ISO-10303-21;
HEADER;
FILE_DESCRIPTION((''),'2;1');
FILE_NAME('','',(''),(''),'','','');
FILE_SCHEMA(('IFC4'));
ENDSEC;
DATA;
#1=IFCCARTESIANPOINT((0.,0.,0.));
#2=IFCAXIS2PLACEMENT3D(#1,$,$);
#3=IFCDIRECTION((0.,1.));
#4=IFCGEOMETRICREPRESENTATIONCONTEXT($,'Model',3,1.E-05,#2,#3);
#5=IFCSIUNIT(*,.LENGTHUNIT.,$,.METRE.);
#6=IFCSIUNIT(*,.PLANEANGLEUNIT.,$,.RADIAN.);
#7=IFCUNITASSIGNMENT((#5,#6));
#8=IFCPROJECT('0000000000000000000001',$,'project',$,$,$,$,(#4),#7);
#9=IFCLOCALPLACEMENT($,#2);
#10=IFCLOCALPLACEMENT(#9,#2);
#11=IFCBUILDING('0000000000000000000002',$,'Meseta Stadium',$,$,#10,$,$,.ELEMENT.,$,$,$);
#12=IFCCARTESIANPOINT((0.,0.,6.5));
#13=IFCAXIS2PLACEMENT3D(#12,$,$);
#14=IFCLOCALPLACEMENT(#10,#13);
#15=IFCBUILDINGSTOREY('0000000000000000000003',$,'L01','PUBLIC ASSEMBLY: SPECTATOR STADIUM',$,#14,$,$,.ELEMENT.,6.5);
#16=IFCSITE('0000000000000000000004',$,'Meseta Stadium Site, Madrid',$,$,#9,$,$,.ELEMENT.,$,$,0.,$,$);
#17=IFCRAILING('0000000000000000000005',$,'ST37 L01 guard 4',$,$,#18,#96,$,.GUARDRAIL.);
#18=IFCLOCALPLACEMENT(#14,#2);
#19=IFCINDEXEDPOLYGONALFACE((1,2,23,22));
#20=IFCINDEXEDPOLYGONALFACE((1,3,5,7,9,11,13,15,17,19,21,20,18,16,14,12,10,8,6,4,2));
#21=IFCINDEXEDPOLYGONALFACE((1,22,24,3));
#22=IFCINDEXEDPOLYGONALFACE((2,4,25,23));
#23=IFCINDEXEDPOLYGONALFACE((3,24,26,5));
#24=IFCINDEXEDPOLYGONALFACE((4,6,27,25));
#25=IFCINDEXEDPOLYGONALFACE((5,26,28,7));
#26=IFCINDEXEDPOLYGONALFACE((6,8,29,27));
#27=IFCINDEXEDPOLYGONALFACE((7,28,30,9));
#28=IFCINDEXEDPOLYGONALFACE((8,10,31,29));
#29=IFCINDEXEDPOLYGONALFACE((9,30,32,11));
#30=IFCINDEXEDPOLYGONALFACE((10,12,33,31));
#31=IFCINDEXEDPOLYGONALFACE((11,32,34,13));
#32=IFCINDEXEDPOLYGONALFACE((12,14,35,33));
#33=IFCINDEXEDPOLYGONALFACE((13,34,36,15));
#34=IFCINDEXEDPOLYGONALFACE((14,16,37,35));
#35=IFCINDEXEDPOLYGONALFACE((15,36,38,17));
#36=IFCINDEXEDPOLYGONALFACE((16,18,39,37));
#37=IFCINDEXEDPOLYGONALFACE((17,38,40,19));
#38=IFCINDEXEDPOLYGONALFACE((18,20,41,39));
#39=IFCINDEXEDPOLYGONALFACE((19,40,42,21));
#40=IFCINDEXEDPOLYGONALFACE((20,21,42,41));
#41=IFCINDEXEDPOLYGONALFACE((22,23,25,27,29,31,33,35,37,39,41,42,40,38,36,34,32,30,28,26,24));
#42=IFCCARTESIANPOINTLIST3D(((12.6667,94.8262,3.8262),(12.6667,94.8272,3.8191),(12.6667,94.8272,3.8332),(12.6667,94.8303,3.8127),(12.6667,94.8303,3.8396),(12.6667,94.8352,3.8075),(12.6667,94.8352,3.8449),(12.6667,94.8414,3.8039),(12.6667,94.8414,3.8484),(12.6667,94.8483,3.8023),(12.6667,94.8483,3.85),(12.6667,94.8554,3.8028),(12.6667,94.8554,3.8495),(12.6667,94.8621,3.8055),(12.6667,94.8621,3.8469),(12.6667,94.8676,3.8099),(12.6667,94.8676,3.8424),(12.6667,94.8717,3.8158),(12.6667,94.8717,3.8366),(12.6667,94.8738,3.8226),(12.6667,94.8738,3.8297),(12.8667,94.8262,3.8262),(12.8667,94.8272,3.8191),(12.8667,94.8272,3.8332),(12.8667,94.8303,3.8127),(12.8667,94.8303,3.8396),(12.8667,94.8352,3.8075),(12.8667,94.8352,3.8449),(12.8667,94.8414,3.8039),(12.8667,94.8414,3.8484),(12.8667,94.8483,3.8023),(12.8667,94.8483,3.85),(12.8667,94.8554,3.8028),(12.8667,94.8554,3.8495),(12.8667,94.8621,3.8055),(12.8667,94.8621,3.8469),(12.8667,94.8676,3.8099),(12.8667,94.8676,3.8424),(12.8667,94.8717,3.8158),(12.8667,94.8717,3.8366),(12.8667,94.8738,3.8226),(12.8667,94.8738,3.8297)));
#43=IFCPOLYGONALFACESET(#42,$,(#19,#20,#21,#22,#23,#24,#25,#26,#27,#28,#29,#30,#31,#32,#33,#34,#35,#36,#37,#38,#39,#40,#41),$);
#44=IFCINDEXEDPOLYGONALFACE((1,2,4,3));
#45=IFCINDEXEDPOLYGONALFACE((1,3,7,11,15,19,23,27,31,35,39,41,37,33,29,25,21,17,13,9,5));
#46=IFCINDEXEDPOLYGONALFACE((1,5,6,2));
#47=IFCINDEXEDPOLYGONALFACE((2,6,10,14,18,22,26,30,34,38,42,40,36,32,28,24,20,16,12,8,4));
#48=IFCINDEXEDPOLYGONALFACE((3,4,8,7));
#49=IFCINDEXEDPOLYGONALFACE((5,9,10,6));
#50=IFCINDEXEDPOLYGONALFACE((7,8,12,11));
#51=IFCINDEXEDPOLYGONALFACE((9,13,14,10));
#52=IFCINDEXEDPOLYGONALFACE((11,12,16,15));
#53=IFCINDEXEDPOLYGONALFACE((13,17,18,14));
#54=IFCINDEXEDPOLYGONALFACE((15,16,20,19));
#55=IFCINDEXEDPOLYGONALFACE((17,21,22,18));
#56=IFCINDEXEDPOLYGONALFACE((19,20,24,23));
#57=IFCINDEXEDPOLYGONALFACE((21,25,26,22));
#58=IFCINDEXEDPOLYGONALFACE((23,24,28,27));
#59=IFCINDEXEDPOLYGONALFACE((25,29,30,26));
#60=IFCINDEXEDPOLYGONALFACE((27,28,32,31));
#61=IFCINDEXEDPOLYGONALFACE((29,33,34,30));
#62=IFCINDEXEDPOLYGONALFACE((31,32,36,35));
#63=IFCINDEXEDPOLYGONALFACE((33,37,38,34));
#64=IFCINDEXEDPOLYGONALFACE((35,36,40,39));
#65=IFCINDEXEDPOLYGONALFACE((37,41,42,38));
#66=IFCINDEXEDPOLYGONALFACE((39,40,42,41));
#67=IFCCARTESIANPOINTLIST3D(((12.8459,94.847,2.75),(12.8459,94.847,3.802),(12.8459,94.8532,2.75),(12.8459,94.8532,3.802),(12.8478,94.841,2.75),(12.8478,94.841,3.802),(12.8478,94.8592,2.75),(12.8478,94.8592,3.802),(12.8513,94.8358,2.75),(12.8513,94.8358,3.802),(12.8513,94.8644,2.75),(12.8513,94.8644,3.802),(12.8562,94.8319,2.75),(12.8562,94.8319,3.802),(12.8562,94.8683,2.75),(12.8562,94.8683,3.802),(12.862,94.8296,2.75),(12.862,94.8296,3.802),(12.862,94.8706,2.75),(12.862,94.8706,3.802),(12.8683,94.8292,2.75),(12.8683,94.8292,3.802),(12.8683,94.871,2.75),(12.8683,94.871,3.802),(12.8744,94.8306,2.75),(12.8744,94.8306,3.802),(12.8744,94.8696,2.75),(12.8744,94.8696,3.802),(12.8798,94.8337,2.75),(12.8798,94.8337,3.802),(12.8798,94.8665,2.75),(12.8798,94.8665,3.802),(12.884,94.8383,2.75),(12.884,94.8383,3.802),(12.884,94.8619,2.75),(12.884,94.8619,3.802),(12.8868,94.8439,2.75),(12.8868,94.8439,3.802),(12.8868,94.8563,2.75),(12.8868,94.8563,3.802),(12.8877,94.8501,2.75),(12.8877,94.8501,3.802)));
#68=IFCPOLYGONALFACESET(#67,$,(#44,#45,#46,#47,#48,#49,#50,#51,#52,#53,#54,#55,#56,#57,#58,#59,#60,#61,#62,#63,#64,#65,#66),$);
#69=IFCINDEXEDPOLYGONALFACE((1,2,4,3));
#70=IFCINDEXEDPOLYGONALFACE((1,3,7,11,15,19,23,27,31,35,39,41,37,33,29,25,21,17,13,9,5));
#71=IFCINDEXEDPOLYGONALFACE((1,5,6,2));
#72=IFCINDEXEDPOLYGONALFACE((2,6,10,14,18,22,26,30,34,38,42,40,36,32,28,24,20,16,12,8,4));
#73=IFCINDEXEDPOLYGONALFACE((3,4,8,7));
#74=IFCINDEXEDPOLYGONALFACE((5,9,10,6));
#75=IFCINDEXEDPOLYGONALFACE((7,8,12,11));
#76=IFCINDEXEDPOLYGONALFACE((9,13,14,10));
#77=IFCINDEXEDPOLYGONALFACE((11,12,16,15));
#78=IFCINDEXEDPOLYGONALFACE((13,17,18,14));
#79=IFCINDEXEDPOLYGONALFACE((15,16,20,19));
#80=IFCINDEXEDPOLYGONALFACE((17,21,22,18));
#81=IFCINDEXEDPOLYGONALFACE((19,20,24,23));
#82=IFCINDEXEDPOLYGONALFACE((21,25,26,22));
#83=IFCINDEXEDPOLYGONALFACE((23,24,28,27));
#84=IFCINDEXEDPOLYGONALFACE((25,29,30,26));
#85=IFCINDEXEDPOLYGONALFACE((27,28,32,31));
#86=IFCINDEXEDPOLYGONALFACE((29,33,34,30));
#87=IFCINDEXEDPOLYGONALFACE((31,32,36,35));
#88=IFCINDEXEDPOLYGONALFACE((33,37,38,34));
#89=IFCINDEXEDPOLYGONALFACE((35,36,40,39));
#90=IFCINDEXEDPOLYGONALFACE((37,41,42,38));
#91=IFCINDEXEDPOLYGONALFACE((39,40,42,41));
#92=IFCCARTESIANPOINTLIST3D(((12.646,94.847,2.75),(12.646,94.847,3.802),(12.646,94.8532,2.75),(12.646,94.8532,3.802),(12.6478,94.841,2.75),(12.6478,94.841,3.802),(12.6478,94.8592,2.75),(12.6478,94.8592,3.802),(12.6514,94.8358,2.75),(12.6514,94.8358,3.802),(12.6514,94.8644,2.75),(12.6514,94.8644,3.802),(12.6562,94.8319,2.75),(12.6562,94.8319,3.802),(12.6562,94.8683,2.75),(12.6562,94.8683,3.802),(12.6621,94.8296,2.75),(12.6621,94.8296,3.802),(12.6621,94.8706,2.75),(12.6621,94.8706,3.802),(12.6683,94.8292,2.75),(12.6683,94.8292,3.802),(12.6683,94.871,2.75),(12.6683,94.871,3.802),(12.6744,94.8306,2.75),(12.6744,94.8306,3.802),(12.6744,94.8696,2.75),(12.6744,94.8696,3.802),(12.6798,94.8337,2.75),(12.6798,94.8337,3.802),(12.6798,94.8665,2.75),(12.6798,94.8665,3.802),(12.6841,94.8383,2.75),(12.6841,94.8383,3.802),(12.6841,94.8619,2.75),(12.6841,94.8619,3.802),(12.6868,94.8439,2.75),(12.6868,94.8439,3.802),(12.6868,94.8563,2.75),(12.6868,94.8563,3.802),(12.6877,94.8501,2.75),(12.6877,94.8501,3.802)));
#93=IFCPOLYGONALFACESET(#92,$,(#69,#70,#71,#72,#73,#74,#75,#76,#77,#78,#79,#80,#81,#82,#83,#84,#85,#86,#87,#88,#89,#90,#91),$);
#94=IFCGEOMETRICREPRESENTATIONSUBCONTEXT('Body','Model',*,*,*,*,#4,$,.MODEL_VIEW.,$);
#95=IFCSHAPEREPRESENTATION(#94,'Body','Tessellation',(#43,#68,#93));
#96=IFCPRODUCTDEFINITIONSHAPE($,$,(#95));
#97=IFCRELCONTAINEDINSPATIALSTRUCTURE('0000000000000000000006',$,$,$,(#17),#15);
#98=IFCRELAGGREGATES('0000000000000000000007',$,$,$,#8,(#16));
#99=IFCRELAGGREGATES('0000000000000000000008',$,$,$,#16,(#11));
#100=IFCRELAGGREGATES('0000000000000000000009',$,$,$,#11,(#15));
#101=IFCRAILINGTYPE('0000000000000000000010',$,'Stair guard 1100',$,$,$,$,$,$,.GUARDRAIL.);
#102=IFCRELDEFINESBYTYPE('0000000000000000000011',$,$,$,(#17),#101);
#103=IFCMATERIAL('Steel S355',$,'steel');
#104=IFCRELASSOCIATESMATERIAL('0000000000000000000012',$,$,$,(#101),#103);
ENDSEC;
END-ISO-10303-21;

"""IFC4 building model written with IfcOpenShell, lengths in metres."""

from ifc_helpers import new_model, si_unit, direction, frame, origin, origin_2d, place, context, subcontext, project, spatial, circle, extrude, material, type_object, element, save


model = new_model("IFC4")

# Units and contexts
model_context = context("Model", 3, precision=1e-05, world=origin(), true_north=direction((0.0, 1.0)))
body_context = subcontext(model_context, "Body", "Model", "MODEL_VIEW")
ifc_project = project(units=[si_unit("LENGTHUNIT", "METRE"), si_unit("PLANEANGLEUNIT", "RADIAN")], contexts=[model_context])

# Site, building, storey
site_placement = place(None, origin())
site = spatial("IfcSite", under=ifc_project, at=site_placement, Name="Meseta Stadium Site, Madrid", CompositionType="ELEMENT", RefElevation=0.0)
building_placement = place(site_placement, origin())
building = spatial("IfcBuilding", under=site, at=building_placement, Name="Meseta Stadium", CompositionType="ELEMENT")
storey_placement = place(building_placement, frame((0.0, 0.0, 6.5)))
storey = spatial("IfcBuildingStorey", under=building, at=storey_placement, Name="L01", Description="PUBLIC ASSEMBLY: SPECTATOR STADIUM", CompositionType="ELEMENT", Elevation=6.5)

# Railing
ifc_material_1 = material(Name="Steel S355", Category="steel")
railing_type_1 = type_object("IfcRailingType", Name="Stair guard 1100", PredefinedType="GUARDRAIL", material=ifc_material_1)
railing_1_placement = place(storey_placement, frame((12.8667, 94.8501, 2.75)))
element("IfcRailing", 1, at=railing_1_placement, inside=storey, type_object=railing_type_1, Name="ST37 L01 guard 4", PredefinedType="GUARDRAIL", context=body_context, shape_type="SweptSolid", body=[
    extrude(circle(Radius=0.0239, at=origin_2d()), frame((0.0, 0.0, 1.0762), z_axis=(-1.0, 0.0, 0.0), x_axis=(0.0, -1.0, 0.0)), (0.0, 0.0, 1.0), 0.2),
    extrude(circle(Radius=0.021, at=origin_2d()), origin(), (0.0, 0.0, 1.0), 1.052),
    extrude(circle(Radius=0.021, at=origin_2d()), frame((-0.2, 0.0, 0.0)), (0.0, 0.0, 1.0), 1.052),
])

save(model, "model.ifc")
